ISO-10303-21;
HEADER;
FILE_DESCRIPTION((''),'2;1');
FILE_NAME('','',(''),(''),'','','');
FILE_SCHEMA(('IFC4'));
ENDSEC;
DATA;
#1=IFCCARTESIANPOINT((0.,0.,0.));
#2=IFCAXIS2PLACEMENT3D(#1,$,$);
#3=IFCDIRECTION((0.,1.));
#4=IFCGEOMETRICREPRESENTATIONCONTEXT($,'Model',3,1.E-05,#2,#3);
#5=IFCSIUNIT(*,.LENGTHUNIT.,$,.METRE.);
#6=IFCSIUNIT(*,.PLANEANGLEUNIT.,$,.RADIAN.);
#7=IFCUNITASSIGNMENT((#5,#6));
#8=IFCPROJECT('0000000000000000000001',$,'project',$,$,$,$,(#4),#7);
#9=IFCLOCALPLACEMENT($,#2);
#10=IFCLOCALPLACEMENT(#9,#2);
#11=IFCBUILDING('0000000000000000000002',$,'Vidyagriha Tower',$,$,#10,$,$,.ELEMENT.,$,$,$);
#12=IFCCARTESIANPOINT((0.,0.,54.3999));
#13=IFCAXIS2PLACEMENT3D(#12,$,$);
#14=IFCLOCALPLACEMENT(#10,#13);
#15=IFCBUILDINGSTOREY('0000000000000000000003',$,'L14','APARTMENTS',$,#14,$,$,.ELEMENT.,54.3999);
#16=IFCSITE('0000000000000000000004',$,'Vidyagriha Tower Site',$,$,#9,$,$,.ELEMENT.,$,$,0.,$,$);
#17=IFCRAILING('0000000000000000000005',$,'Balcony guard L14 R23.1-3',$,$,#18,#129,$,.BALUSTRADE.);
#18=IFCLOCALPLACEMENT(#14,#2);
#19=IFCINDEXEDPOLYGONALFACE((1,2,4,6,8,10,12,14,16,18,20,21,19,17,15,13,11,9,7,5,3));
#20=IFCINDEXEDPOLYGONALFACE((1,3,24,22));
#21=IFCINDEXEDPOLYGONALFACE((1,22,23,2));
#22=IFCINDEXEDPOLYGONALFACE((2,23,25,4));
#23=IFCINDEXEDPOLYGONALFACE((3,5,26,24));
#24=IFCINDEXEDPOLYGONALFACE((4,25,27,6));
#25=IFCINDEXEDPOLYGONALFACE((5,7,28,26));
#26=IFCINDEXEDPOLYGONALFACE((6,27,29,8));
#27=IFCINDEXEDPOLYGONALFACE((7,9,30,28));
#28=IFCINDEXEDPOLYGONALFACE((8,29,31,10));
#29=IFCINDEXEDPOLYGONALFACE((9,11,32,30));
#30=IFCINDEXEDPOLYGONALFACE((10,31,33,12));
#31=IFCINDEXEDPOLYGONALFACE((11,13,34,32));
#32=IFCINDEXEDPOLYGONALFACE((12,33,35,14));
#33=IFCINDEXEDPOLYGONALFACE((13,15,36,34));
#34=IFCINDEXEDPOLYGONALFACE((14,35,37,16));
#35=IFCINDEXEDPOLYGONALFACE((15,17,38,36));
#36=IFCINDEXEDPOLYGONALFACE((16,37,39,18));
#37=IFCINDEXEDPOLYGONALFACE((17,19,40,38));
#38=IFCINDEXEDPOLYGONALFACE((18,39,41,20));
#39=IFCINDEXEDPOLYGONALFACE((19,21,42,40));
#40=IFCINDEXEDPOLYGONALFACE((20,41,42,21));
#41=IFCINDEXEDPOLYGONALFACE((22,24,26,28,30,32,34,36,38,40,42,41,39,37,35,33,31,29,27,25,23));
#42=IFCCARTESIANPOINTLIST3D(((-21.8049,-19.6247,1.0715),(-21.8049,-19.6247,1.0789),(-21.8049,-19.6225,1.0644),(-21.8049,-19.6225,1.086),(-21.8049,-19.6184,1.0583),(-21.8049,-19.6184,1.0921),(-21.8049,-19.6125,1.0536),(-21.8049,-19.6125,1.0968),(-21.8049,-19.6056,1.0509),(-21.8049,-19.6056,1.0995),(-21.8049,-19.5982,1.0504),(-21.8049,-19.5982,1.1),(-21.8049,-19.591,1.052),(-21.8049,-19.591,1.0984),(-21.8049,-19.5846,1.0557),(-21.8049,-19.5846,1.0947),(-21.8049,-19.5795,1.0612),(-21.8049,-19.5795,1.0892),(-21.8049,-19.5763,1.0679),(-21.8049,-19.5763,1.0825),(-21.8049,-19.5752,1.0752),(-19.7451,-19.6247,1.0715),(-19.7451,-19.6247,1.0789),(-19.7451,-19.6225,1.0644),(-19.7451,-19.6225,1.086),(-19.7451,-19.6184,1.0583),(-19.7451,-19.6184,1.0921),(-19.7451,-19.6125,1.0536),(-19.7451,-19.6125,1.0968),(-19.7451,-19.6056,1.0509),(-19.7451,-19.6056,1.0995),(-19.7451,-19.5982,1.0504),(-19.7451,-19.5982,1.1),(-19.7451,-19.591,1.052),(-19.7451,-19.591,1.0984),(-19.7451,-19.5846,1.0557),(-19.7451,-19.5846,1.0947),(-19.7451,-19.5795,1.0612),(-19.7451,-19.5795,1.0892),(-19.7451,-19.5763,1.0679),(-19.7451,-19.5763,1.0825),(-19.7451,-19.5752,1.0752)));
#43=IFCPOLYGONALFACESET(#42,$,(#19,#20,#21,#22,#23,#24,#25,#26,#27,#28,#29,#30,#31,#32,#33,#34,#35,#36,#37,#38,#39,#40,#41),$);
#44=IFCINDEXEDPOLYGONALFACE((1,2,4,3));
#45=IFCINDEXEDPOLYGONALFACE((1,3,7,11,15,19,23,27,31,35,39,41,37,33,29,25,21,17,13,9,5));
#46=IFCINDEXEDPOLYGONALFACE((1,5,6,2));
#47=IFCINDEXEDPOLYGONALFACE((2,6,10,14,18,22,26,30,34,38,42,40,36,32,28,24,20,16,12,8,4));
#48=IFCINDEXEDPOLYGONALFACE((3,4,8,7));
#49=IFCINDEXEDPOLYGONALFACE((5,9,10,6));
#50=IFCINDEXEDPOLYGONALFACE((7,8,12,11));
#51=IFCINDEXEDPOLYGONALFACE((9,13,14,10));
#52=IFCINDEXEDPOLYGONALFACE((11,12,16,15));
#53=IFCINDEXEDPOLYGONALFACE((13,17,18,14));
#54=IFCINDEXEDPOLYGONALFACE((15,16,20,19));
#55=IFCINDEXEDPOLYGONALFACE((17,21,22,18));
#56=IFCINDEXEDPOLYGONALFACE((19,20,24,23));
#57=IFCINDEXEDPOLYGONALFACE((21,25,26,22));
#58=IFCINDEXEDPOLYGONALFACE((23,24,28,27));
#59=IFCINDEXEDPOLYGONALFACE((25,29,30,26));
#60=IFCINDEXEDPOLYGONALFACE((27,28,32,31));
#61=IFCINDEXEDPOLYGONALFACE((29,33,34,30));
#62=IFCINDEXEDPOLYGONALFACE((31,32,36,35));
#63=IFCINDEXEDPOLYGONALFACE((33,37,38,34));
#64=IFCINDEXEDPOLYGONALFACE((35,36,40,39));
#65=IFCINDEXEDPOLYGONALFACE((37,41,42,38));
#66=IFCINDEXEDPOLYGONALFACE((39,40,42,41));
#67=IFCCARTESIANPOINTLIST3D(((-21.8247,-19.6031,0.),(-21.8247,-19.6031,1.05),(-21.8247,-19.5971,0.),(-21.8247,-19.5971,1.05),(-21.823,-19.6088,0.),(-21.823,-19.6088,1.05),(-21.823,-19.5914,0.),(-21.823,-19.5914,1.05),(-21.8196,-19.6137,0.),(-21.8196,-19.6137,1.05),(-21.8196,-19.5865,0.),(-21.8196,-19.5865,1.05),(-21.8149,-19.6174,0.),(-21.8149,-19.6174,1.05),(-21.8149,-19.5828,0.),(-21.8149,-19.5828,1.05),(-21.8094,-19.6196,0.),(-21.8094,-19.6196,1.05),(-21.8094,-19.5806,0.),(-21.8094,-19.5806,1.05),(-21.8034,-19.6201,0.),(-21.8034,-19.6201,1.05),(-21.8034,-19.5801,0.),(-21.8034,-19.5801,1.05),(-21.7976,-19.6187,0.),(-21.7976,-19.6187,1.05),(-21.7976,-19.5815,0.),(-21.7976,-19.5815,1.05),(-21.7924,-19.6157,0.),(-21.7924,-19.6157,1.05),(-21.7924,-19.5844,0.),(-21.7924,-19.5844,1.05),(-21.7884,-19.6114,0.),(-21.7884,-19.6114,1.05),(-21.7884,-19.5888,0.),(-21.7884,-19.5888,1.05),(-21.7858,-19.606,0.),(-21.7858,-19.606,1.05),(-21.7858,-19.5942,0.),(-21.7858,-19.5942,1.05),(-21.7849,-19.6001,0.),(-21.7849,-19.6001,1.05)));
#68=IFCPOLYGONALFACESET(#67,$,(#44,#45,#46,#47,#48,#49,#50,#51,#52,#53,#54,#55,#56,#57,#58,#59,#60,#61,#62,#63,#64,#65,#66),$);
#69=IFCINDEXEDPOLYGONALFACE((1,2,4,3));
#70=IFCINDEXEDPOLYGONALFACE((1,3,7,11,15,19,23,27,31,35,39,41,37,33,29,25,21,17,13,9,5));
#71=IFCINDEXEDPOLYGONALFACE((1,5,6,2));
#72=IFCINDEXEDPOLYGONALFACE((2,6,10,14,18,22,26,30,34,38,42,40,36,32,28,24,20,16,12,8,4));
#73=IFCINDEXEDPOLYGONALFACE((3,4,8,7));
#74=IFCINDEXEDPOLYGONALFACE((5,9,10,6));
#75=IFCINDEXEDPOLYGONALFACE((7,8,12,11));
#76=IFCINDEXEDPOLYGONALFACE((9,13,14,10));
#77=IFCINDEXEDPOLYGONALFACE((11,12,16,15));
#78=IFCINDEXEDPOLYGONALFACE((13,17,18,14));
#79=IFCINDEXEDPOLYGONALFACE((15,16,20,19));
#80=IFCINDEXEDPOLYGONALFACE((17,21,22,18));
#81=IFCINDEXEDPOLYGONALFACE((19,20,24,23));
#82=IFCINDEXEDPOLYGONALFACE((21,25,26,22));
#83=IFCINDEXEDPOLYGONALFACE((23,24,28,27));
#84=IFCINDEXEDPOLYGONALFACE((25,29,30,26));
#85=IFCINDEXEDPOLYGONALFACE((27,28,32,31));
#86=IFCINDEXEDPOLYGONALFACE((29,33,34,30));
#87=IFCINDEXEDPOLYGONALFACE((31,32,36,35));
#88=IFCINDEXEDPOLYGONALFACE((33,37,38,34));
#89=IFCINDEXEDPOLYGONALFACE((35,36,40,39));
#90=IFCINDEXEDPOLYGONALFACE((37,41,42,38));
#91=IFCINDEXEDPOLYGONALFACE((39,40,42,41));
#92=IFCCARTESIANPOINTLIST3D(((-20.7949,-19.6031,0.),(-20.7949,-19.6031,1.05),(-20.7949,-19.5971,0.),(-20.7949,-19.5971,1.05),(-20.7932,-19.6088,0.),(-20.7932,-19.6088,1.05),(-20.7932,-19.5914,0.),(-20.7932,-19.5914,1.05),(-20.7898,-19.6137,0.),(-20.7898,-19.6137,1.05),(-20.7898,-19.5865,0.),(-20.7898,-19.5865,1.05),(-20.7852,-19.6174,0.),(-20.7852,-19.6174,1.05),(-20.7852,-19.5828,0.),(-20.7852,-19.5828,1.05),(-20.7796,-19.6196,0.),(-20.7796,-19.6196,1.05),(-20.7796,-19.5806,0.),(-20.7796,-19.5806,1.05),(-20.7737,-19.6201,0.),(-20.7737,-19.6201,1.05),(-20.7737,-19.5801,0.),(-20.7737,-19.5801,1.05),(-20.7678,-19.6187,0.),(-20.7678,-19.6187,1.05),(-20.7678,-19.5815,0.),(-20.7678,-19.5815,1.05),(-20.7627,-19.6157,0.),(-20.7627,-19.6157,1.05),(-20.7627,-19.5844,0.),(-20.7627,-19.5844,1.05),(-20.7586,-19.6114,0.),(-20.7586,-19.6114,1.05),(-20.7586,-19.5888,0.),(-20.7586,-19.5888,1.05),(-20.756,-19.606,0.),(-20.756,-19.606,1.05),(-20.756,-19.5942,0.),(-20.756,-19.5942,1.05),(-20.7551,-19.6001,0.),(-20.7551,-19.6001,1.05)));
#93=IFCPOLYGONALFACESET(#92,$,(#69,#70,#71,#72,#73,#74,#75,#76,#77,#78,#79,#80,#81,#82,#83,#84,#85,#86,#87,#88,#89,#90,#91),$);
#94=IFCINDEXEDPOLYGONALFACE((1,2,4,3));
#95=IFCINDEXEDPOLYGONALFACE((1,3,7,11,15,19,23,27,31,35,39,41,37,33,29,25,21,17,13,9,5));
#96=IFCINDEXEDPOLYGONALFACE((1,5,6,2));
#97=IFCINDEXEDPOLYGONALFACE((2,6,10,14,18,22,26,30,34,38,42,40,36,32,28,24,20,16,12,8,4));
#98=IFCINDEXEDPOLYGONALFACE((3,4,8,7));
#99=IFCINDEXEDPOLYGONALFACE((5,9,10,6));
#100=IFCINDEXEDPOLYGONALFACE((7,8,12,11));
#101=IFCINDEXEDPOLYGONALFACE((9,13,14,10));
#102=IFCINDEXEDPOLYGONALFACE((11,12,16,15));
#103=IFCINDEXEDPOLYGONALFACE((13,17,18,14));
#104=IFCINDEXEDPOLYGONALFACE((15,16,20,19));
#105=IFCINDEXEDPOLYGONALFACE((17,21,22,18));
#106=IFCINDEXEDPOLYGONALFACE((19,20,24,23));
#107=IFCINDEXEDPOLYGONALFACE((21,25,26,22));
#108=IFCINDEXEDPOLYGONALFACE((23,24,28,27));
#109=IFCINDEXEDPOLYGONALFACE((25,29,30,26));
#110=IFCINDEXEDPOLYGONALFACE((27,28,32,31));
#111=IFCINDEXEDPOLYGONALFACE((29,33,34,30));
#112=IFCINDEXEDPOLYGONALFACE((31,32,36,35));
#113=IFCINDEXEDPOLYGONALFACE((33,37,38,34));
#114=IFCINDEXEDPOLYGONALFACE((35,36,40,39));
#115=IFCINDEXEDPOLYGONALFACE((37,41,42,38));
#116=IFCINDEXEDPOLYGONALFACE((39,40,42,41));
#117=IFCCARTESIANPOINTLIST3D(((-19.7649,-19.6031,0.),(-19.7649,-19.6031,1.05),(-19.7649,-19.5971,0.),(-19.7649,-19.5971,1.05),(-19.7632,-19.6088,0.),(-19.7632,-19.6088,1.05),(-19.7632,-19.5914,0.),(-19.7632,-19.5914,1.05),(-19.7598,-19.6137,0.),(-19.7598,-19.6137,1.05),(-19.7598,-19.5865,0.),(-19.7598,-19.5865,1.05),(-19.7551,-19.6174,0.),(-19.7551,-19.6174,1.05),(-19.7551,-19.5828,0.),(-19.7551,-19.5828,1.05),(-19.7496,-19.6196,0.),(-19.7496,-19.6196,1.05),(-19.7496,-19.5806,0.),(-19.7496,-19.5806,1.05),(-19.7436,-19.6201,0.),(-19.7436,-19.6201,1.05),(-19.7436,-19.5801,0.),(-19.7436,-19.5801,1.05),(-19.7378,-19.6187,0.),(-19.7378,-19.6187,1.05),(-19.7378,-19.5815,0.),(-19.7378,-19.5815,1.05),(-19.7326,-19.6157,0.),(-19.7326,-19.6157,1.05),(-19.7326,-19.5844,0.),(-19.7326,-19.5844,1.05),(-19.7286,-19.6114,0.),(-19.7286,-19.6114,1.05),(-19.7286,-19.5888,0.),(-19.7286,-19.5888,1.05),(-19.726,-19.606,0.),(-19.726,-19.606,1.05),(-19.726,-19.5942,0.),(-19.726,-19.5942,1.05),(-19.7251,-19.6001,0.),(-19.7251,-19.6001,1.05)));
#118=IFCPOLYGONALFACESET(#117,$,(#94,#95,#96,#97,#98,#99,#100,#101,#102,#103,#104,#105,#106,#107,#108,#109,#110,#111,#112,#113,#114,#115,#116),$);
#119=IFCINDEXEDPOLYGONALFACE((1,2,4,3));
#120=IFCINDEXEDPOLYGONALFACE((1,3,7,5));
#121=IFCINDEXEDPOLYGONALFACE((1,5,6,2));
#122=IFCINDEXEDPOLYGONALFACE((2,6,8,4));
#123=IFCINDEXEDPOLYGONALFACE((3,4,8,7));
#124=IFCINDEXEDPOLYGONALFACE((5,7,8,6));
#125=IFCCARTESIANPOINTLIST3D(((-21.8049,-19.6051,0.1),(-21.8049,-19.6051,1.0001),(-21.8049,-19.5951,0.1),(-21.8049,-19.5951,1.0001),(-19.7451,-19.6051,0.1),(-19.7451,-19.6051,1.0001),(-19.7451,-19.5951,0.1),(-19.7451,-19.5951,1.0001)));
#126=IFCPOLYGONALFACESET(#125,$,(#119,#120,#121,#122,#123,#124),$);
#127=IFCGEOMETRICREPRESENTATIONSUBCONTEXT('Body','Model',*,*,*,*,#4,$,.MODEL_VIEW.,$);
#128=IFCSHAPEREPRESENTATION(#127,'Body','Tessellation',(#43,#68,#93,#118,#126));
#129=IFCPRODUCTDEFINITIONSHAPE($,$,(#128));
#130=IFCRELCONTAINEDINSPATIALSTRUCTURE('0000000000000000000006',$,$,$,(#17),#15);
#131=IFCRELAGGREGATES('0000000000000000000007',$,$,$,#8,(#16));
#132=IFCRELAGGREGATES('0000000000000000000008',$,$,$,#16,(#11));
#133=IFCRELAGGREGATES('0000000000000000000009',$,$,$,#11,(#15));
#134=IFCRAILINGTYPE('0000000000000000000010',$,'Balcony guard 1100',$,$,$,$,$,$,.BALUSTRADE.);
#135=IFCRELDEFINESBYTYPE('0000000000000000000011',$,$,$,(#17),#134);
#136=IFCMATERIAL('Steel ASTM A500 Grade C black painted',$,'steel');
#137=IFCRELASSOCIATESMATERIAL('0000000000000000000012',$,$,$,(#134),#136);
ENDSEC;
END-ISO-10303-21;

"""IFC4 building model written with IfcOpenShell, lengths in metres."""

from ifc_helpers import new_model, si_unit, direction, frame, origin, origin_2d, place, context, subcontext, project, spatial, rectangle, circle, extrude, material, type_object, element, save


model = new_model("IFC4")

# Units and contexts
model_context = context("Model", 3, precision=1e-05, world=origin(), true_north=direction((0.0, 1.0)))
body_context = subcontext(model_context, "Body", "Model", "MODEL_VIEW")
ifc_project = project(units=[si_unit("LENGTHUNIT", "METRE"), si_unit("PLANEANGLEUNIT", "RADIAN")], contexts=[model_context])

# Site, building, storey
site_placement = place(None, origin())
site = spatial("IfcSite", under=ifc_project, at=site_placement, Name="Vidyagriha Tower Site", CompositionType="ELEMENT", RefElevation=0.0)
building_placement = place(site_placement, origin())
building = spatial("IfcBuilding", under=site, at=building_placement, Name="Vidyagriha Tower", CompositionType="ELEMENT")
storey_placement = place(building_placement, frame((0.0, 0.0, 54.3999)))
storey = spatial("IfcBuildingStorey", under=building, at=storey_placement, Name="L14", Description="APARTMENTS", CompositionType="ELEMENT", Elevation=54.3999)

# Railing
ifc_material_1 = material(Name="Steel ASTM A500 Grade C black painted", Category="steel")
railing_type = type_object("IfcRailingType", Name="Balcony guard 1100", PredefinedType="BALUSTRADE", material=ifc_material_1)
railing_1_placement = place(storey_placement, frame((-21.8049, -19.6001, 0.0)))
element("IfcRailing", 1, at=railing_1_placement, inside=storey, type_object=railing_type, Name="Balcony guard L14 R23.1-3", PredefinedType="BALUSTRADE", context=body_context, shape_type="SweptSolid", body=[
    extrude(circle(Radius=0.0249, at=origin_2d()), frame((0.0, 0.0, 1.0752), z_axis=(1.0, 0.0, 0.0), x_axis=(0.0, 1.0, 0.0)), (0.0, 0.0, 1.0), 2.0598),
    extrude(circle(Radius=0.02, at=origin_2d()), origin(), (0.0, 0.0, 1.0), 1.05),
    extrude(circle(Radius=0.02, at=origin_2d()), frame((1.0298, 0.0, 0.0)), (0.0, 0.0, 1.0), 1.05),
    extrude(circle(Radius=0.02, at=origin_2d()), frame((2.0598, 0.0, 0.0)), (0.0, 0.0, 1.0), 1.05),
    extrude(rectangle(XDim=0.01, YDim=0.9001, at=origin_2d()), frame((0.0, 0.0, 0.55), z_axis=(1.0, 0.0, 0.0), x_axis=(0.0, 1.0, 0.0)), (0.0, 0.0, 1.0), 2.0598),
])

save(model, "model.ifc")
